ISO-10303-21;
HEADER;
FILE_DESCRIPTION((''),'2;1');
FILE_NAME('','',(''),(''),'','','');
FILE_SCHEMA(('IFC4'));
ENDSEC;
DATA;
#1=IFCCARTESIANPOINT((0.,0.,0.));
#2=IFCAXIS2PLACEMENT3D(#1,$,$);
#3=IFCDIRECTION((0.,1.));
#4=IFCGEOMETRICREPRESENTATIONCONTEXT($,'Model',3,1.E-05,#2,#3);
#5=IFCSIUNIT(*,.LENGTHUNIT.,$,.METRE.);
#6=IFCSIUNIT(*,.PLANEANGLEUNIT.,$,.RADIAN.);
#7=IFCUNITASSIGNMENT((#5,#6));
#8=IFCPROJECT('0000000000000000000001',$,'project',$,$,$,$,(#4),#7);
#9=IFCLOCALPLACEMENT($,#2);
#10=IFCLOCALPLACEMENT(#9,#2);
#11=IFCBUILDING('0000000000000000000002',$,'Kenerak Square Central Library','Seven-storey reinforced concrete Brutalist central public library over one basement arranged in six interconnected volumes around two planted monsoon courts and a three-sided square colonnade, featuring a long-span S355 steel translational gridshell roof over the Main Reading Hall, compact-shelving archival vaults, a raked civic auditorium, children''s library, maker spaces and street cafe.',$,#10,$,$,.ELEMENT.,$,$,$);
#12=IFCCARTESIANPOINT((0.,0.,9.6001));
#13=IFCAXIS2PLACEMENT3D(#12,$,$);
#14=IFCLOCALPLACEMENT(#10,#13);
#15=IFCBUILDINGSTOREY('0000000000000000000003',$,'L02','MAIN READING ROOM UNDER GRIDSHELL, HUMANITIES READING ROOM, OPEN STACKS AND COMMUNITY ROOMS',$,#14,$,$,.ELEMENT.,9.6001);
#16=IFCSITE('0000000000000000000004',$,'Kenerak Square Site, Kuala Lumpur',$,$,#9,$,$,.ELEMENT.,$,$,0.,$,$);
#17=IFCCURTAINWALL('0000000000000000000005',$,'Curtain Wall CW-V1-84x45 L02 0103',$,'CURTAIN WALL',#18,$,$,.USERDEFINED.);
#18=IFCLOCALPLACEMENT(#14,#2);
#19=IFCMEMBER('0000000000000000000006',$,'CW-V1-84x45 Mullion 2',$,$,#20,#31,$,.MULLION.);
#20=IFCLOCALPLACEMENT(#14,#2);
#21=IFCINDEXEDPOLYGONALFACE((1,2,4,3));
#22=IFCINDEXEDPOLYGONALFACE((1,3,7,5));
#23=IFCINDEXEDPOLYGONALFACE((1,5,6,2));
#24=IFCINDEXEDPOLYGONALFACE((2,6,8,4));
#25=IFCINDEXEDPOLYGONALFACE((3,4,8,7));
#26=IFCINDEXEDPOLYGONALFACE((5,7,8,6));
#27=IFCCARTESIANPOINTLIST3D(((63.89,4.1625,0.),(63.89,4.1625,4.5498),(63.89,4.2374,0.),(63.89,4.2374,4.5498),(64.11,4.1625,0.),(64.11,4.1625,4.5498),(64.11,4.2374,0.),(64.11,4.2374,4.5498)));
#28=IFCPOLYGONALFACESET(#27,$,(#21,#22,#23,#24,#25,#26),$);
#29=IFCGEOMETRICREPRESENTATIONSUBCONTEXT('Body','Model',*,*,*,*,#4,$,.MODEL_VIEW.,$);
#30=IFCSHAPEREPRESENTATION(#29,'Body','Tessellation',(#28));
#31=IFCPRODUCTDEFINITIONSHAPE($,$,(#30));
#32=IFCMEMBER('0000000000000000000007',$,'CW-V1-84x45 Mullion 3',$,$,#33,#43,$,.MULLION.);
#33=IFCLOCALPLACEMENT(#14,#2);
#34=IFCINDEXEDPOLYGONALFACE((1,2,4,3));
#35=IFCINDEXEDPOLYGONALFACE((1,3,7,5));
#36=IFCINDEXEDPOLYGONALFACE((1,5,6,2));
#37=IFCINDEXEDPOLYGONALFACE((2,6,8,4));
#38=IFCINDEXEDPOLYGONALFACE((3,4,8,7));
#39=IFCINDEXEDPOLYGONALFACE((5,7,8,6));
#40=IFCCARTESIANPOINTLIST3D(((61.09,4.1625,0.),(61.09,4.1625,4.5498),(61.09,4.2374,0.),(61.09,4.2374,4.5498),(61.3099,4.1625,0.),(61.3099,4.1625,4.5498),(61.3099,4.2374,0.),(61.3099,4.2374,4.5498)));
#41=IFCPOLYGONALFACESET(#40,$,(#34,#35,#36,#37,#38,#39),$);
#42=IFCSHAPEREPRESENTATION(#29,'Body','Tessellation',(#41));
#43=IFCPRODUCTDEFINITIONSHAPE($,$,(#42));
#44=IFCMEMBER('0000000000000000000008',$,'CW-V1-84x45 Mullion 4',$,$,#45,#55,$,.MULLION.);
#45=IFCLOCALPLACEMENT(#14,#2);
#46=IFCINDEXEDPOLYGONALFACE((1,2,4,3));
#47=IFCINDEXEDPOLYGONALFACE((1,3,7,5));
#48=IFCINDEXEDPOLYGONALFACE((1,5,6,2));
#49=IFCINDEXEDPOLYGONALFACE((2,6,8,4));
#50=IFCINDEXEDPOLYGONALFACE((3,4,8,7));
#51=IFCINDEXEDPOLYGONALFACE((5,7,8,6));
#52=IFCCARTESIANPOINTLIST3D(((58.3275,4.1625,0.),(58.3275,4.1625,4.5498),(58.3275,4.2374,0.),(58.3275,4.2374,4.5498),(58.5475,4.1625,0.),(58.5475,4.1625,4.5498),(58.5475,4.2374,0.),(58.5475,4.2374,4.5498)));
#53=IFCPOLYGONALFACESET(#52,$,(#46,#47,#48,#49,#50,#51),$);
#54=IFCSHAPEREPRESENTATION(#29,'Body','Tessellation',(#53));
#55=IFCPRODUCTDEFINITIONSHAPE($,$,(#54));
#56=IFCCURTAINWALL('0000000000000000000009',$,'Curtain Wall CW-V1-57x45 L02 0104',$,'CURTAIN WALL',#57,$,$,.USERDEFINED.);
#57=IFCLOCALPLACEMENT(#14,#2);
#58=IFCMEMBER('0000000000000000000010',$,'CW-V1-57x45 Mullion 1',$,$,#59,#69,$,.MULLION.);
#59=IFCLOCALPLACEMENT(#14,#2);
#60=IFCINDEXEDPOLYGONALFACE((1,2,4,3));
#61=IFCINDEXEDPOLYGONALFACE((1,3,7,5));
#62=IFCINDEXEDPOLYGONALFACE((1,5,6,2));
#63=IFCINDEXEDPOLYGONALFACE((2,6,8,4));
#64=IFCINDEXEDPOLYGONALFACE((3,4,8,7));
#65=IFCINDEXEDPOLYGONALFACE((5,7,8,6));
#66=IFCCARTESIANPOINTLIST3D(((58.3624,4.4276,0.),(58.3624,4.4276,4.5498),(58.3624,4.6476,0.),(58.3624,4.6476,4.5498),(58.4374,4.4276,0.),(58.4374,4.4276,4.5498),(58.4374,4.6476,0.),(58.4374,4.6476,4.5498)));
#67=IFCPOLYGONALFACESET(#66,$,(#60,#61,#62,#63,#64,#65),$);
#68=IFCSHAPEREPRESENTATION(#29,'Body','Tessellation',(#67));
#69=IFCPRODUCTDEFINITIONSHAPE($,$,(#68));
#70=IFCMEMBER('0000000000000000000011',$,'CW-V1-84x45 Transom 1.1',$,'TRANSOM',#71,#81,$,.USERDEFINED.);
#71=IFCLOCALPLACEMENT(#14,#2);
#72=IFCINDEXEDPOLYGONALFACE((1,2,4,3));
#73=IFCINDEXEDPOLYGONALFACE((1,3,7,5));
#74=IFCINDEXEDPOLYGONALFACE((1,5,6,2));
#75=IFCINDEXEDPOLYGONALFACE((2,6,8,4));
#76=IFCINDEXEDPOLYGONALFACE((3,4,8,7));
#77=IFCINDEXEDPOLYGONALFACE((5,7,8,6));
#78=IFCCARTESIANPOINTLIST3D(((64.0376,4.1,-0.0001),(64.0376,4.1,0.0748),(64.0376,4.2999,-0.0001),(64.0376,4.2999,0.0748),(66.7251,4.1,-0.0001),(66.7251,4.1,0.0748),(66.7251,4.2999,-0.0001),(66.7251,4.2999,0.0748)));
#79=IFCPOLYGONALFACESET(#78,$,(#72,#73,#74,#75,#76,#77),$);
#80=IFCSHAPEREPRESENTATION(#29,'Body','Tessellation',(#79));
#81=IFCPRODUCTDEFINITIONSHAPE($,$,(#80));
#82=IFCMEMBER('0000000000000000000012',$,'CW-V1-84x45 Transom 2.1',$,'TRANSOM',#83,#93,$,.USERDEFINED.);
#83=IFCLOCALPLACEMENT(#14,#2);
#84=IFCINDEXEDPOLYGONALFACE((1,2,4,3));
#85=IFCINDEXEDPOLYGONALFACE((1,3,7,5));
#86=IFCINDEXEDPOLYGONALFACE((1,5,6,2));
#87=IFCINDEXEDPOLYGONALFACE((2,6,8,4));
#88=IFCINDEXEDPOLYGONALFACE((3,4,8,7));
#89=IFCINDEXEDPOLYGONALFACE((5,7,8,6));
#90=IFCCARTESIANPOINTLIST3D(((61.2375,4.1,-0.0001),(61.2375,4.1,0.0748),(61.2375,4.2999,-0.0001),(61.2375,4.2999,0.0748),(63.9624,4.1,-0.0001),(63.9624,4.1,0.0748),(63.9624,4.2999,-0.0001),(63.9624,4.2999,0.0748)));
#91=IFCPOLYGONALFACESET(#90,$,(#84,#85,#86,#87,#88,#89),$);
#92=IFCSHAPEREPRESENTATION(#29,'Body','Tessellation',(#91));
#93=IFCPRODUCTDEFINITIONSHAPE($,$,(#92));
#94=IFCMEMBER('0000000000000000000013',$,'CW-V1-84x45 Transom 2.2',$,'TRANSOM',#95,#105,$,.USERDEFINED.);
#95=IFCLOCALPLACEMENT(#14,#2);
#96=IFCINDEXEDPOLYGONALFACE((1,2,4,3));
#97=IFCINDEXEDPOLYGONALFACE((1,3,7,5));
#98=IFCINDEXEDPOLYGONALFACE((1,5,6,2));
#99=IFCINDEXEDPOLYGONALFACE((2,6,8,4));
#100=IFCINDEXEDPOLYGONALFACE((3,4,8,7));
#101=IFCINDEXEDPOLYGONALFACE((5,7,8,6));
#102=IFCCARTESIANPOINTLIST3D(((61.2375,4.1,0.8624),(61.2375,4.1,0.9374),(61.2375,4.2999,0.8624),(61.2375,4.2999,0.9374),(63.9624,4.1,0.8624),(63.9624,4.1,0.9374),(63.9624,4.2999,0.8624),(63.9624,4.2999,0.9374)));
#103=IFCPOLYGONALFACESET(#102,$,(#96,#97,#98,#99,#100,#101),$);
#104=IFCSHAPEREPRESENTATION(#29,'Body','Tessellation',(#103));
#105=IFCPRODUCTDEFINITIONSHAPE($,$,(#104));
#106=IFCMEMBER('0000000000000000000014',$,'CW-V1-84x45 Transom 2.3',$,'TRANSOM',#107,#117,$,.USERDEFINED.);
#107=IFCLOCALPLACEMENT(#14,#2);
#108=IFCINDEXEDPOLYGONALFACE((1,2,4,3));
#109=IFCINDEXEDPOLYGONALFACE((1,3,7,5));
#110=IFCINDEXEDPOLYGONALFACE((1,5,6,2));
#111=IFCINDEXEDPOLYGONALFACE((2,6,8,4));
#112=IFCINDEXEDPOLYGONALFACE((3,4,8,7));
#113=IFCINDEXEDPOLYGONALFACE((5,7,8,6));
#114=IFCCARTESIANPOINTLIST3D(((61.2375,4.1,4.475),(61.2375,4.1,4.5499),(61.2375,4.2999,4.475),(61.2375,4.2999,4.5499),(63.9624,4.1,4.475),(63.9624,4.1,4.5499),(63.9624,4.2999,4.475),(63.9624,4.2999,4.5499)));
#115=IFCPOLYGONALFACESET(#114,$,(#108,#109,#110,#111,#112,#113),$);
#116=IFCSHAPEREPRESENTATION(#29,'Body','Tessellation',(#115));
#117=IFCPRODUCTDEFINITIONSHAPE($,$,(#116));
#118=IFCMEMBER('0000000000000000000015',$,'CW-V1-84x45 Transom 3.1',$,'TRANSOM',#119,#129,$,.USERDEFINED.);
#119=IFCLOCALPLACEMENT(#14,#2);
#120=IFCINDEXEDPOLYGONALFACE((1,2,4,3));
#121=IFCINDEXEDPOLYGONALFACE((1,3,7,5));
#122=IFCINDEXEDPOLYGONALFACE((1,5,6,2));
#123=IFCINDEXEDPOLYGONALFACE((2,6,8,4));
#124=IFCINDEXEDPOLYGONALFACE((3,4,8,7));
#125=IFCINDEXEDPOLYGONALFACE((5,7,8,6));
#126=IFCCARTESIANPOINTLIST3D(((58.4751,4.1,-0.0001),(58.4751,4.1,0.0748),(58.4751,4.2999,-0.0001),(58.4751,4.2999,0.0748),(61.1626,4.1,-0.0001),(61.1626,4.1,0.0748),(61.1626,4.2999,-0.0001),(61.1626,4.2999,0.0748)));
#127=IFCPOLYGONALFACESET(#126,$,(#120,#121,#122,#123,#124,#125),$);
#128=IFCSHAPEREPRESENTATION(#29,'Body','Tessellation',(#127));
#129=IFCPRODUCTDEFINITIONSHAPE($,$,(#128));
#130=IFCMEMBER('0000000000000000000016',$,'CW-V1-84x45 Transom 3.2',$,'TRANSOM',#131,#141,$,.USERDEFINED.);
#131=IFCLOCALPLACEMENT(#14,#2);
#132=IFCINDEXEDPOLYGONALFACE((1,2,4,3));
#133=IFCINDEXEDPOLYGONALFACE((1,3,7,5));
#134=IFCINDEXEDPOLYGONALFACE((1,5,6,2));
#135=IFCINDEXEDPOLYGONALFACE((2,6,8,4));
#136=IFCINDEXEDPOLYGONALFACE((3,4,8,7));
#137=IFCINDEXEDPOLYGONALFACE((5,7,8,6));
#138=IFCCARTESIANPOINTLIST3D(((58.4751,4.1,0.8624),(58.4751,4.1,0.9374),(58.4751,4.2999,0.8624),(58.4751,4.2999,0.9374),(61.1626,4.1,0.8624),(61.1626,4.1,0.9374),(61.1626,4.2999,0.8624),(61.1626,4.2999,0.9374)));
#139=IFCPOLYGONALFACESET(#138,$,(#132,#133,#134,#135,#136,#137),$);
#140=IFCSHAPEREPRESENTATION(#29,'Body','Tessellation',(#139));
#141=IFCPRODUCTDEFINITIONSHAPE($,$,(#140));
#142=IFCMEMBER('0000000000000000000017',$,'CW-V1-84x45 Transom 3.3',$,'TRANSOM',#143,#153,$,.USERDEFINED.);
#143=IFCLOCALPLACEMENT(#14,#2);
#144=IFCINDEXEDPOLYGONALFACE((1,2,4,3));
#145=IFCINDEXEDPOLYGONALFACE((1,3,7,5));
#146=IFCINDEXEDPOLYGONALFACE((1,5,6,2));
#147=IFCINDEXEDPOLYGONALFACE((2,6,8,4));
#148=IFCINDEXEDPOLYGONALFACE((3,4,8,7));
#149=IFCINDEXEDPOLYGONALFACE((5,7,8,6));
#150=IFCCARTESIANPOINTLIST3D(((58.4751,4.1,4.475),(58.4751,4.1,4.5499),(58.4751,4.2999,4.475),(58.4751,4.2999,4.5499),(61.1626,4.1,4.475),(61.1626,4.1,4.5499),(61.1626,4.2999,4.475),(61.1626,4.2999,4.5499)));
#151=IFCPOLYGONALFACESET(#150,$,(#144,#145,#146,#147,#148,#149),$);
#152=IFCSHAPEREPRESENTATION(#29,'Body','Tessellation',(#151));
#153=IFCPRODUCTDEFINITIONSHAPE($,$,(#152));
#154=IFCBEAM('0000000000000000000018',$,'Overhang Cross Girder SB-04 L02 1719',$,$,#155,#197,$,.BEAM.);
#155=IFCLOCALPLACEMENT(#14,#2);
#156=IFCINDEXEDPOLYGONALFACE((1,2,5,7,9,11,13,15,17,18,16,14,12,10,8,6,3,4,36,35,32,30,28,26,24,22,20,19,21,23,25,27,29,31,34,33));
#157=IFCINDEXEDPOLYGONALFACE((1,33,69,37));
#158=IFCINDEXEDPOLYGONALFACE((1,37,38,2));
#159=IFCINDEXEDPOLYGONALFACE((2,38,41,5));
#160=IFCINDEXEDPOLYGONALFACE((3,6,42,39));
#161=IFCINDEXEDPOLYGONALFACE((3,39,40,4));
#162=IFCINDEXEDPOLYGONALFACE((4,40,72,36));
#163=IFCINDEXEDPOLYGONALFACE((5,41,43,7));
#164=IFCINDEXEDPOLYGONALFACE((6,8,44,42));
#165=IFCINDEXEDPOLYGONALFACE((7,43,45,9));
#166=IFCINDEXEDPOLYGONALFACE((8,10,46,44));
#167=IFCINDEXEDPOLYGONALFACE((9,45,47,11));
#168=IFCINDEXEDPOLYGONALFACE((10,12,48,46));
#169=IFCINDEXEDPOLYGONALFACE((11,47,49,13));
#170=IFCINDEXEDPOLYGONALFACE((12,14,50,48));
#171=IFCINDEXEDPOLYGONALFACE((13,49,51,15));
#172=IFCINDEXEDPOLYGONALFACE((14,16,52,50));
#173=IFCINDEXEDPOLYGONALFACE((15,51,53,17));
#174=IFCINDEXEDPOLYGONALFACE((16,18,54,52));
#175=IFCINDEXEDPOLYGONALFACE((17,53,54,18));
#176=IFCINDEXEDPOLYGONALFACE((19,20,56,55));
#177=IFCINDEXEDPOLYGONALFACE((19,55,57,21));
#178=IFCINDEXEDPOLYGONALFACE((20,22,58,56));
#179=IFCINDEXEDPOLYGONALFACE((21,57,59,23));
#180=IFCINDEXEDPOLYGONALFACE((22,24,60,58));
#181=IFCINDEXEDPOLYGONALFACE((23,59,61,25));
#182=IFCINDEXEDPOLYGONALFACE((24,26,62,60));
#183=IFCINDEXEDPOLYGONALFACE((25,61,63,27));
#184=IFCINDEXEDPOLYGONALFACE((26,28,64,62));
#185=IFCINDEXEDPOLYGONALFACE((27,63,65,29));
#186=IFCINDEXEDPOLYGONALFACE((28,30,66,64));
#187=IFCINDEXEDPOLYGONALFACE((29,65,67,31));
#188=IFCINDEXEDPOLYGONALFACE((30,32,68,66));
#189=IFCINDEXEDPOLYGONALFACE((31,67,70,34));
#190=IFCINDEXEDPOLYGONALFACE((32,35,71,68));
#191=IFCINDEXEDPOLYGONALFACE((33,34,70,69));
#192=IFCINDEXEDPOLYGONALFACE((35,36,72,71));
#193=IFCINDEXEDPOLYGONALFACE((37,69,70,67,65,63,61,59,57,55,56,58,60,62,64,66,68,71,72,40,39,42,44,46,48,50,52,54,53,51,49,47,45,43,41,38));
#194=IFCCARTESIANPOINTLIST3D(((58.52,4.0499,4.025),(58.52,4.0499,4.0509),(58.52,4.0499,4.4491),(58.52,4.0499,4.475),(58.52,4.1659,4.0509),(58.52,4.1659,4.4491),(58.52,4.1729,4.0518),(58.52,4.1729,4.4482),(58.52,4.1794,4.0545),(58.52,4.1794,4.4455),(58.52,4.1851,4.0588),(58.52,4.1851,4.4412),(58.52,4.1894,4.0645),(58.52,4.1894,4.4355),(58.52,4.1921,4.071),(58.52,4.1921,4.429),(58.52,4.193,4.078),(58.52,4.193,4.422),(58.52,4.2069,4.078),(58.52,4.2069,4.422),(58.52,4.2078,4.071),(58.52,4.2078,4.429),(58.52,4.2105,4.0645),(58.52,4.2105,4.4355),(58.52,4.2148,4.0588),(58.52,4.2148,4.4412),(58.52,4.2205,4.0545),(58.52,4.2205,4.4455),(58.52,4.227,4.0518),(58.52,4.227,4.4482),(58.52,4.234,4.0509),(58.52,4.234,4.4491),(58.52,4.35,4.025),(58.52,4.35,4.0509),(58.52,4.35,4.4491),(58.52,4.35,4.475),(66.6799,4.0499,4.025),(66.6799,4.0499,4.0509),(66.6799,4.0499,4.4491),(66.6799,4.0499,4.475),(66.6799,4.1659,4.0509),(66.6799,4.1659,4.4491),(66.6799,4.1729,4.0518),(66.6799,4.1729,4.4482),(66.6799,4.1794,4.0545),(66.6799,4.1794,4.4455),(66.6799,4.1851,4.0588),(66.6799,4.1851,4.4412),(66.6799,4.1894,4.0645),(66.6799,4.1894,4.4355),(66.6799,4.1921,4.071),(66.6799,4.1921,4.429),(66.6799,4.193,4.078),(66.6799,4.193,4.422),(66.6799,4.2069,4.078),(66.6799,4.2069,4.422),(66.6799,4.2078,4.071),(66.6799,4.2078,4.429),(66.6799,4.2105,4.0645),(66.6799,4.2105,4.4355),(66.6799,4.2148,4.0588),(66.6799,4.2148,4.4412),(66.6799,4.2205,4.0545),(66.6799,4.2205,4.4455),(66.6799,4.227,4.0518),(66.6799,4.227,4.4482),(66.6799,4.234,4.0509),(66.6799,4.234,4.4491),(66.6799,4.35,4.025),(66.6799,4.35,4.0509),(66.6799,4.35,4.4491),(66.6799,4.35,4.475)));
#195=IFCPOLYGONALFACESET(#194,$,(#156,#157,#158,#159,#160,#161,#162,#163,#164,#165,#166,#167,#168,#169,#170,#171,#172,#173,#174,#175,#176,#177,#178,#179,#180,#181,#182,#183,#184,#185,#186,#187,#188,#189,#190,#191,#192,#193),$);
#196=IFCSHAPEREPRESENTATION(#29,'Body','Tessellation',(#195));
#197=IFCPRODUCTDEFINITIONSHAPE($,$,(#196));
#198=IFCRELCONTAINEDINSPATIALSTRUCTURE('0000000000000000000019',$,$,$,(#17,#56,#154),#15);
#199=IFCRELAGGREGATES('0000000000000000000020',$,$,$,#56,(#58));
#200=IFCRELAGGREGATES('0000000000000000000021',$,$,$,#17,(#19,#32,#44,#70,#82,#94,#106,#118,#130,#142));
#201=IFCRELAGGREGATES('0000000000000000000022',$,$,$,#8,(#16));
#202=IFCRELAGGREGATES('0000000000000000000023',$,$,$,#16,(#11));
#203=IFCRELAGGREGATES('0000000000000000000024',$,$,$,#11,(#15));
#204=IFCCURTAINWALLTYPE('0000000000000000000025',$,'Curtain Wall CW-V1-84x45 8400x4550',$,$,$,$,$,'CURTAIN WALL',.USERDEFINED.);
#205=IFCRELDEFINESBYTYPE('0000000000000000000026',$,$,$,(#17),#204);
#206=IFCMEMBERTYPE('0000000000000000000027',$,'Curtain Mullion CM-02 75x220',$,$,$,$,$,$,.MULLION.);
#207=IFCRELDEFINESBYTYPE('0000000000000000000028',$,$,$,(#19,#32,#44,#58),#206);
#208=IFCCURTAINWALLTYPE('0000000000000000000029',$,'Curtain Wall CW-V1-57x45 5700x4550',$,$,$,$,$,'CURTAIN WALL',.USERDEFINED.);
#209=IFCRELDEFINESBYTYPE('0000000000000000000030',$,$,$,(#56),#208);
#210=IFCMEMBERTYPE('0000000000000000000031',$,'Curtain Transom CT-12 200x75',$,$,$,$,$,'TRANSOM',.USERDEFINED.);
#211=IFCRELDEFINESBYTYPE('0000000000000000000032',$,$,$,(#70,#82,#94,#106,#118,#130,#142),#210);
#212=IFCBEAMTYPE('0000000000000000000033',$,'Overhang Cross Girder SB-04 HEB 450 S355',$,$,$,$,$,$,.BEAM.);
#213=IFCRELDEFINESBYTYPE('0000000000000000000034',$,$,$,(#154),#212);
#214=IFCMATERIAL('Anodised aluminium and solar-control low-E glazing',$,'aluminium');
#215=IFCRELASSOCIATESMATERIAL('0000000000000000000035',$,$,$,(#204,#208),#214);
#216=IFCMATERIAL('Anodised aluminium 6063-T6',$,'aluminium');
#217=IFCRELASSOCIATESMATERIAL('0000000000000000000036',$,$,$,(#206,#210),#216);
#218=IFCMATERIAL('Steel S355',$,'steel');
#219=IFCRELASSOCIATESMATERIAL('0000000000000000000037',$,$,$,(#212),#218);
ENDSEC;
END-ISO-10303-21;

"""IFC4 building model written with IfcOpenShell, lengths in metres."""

from ifc_helpers import new_model, si_unit, direction, frame, origin, origin_2d, place, context, subcontext, project, spatial, rectangle, i_section, extrude, material, material_profile, profile_set, type_object, element, aggregate, save


model = new_model("IFC4")

# Units and contexts
model_context = context("Model", 3, precision=1e-05, world=origin(), true_north=direction((0.0, 1.0)))
body_context = subcontext(model_context, "Body", "Model", "MODEL_VIEW")
ifc_project = project(units=[si_unit("LENGTHUNIT", "METRE"), si_unit("PLANEANGLEUNIT", "RADIAN")], contexts=[model_context])

# Site, building, storey
site_placement = place(None, origin())
site = spatial("IfcSite", under=ifc_project, at=site_placement, Name="Kenerak Square Site, Kuala Lumpur", CompositionType="ELEMENT", RefElevation=0.0)
building_placement = place(site_placement, origin())
building = spatial("IfcBuilding", under=site, at=building_placement, Name="Kenerak Square Central Library", Description="Seven-storey reinforced concrete Brutalist central public library over one basement arranged in six interconnected volumes around two planted monsoon courts and a three-sided square colonnade, featuring a long-span S355 steel translational gridshell roof over the Main Reading Hall, compact-shelving archival vaults, a raked civic auditorium, children's library, maker spaces and street cafe.", CompositionType="ELEMENT")
storey_placement = place(building_placement, frame((0.0, 0.0, 9.6001)))
storey = spatial("IfcBuildingStorey", under=building, at=storey_placement, Name="L02", Description="MAIN READING ROOM UNDER GRIDSHELL, HUMANITIES READING ROOM, OPEN STACKS AND COMMUNITY ROOMS", CompositionType="ELEMENT", Elevation=9.6001)

# Curtain wall, members
ifc_material_1 = material(Name="Anodised aluminium and solar-control low-E glazing", Category="aluminium")
curtain_wall_type_1 = type_object("IfcCurtainWallType", Name="Curtain Wall CW-V1-84x45 8400x4550", ElementType="CURTAIN WALL", PredefinedType="USERDEFINED", material=ifc_material_1)
curtain_wall_1_placement = place(storey_placement, origin())
curtain_wall_1 = element("IfcCurtainWall", 1, at=curtain_wall_1_placement, inside=storey, type_object=curtain_wall_type_1, Name="Curtain Wall CW-V1-84x45 L02 0103", ObjectType="CURTAIN WALL", PredefinedType="USERDEFINED")
ifc_material_2 = material(Name="Anodised aluminium 6063-T6", Category="aluminium")
ifc_material_profile_1 = material_profile(ifc_material_2, rectangle(XDim=0.075, YDim=0.22, at=origin_2d()), Name="AL MULLION 75x220")
ifc_profile_set_1 = profile_set([ifc_material_profile_1], Name="Anodised aluminium 6063-T6")
member_type_1 = type_object("IfcMemberType", Name="Curtain Mullion CM-02 75x220", PredefinedType="MULLION", material=ifc_profile_set_1)
member_1_placement = place(storey_placement, frame((64.0, 4.2, 0.0), z_axis=(0.0, 0.0, 1.0), x_axis=(0.0, -1.0, 0.0)))
member_1 = element("IfcMember", 2, at=member_1_placement, type_object=member_type_1, Name="CW-V1-84x45 Mullion 2", PredefinedType="MULLION", context=body_context, shape_type="SweptSolid", body=[
    extrude(rectangle(XDim=0.075, YDim=0.22, at=origin_2d()), origin(), (0.0, 0.0, 1.0), 4.5498),
])
member_2_placement = place(storey_placement, frame((61.2, 4.2, 0.0), z_axis=(0.0, 0.0, 1.0), x_axis=(0.0, -1.0, 0.0)))
member_2 = element("IfcMember", 3, at=member_2_placement, type_object=member_type_1, Name="CW-V1-84x45 Mullion 3", PredefinedType="MULLION", context=body_context, shape_type="SweptSolid", body=[
    extrude(rectangle(XDim=0.075, YDim=0.22, at=origin_2d()), origin(), (0.0, 0.0, 1.0), 4.5498),
])
member_3_placement = place(storey_placement, frame((58.4375, 4.2, 0.0), z_axis=(0.0, 0.0, 1.0), x_axis=(0.0, -1.0, 0.0)))
member_3 = element("IfcMember", 4, at=member_3_placement, type_object=member_type_1, Name="CW-V1-84x45 Mullion 4", PredefinedType="MULLION", context=body_context, shape_type="SweptSolid", body=[
    extrude(rectangle(XDim=0.075, YDim=0.22, at=origin_2d()), origin(), (0.0, 0.0, 1.0), 4.5498),
])

# Curtain wall, member
curtain_wall_type_2 = type_object("IfcCurtainWallType", Name="Curtain Wall CW-V1-57x45 5700x4550", ElementType="CURTAIN WALL", PredefinedType="USERDEFINED", material=ifc_material_1)
curtain_wall_2_placement = place(storey_placement, origin())
curtain_wall_2 = element("IfcCurtainWall", 5, at=curtain_wall_2_placement, inside=storey, type_object=curtain_wall_type_2, Name="Curtain Wall CW-V1-57x45 L02 0104", ObjectType="CURTAIN WALL", PredefinedType="USERDEFINED")
member_4_placement = place(storey_placement, frame((58.3999, 4.5376, 0.0), z_axis=(0.0, 0.0, 1.0), x_axis=(-1.0, 0.0, 0.0)))
member_4 = element("IfcMember", 6, at=member_4_placement, type_object=member_type_1, Name="CW-V1-57x45 Mullion 1", PredefinedType="MULLION", context=body_context, shape_type="SweptSolid", body=[
    extrude(rectangle(XDim=0.075, YDim=0.22, at=origin_2d()), origin(), (0.0, 0.0, 1.0), 4.5498),
])
aggregate(curtain_wall_2, [member_4])

# Members
ifc_material_profile_2 = material_profile(ifc_material_2, rectangle(XDim=0.2, YDim=0.075, at=origin_2d()), Name="AL TRANSOM 200x75")
ifc_profile_set_2 = profile_set([ifc_material_profile_2], Name="Anodised aluminium 6063-T6")
member_type_2 = type_object("IfcMemberType", Name="Curtain Transom CT-12 200x75", ElementType="TRANSOM", PredefinedType="USERDEFINED", material=ifc_profile_set_2)
member_5_placement = place(storey_placement, frame((66.7251, 4.2, 0.0374), z_axis=(-1.0, 0.0, 0.0), x_axis=(0.0, -1.0, 0.0)))
member_5 = element("IfcMember", 7, at=member_5_placement, type_object=member_type_2, Name="CW-V1-84x45 Transom 1.1", ObjectType="TRANSOM", PredefinedType="USERDEFINED", context=body_context, shape_type="SweptSolid", body=[
    extrude(rectangle(XDim=0.2, YDim=0.075, at=origin_2d()), origin(), (0.0, 0.0, 1.0), 2.6875),
])
member_6_placement = place(storey_placement, frame((63.9624, 4.2, 0.0374), z_axis=(-1.0, 0.0, 0.0), x_axis=(0.0, -1.0, 0.0)))
member_6 = element("IfcMember", 8, at=member_6_placement, type_object=member_type_2, Name="CW-V1-84x45 Transom 2.1", ObjectType="TRANSOM", PredefinedType="USERDEFINED", context=body_context, shape_type="SweptSolid", body=[
    extrude(rectangle(XDim=0.2, YDim=0.075, at=origin_2d()), origin(), (0.0, 0.0, 1.0), 2.7249),
])
member_7_placement = place(storey_placement, frame((63.9624, 4.2, 0.8999), z_axis=(-1.0, 0.0, 0.0), x_axis=(0.0, -1.0, 0.0)))
member_7 = element("IfcMember", 9, at=member_7_placement, type_object=member_type_2, Name="CW-V1-84x45 Transom 2.2", ObjectType="TRANSOM", PredefinedType="USERDEFINED", context=body_context, shape_type="SweptSolid", body=[
    extrude(rectangle(XDim=0.2, YDim=0.075, at=origin_2d()), origin(), (0.0, 0.0, 1.0), 2.7249),
])
member_8_placement = place(storey_placement, frame((63.9624, 4.2, 4.5125), z_axis=(-1.0, 0.0, 0.0), x_axis=(0.0, -1.0, 0.0)))
member_8 = element("IfcMember", 10, at=member_8_placement, type_object=member_type_2, Name="CW-V1-84x45 Transom 2.3", ObjectType="TRANSOM", PredefinedType="USERDEFINED", context=body_context, shape_type="SweptSolid", body=[
    extrude(rectangle(XDim=0.2, YDim=0.075, at=origin_2d()), origin(), (0.0, 0.0, 1.0), 2.7249),
])
member_9_placement = place(storey_placement, frame((61.1626, 4.2, 0.0374), z_axis=(-1.0, 0.0, 0.0), x_axis=(0.0, -1.0, 0.0)))
member_9 = element("IfcMember", 11, at=member_9_placement, type_object=member_type_2, Name="CW-V1-84x45 Transom 3.1", ObjectType="TRANSOM", PredefinedType="USERDEFINED", context=body_context, shape_type="SweptSolid", body=[
    extrude(rectangle(XDim=0.2, YDim=0.075, at=origin_2d()), origin(), (0.0, 0.0, 1.0), 2.6875),
])
member_10_placement = place(storey_placement, frame((61.1626, 4.2, 0.8999), z_axis=(-1.0, 0.0, 0.0), x_axis=(0.0, -1.0, 0.0)))
member_10 = element("IfcMember", 12, at=member_10_placement, type_object=member_type_2, Name="CW-V1-84x45 Transom 3.2", ObjectType="TRANSOM", PredefinedType="USERDEFINED", context=body_context, shape_type="SweptSolid", body=[
    extrude(rectangle(XDim=0.2, YDim=0.075, at=origin_2d()), origin(), (0.0, 0.0, 1.0), 2.6875),
])
member_11_placement = place(storey_placement, frame((61.1626, 4.2, 4.5125), z_axis=(-1.0, 0.0, 0.0), x_axis=(0.0, -1.0, 0.0)))
member_11 = element("IfcMember", 13, at=member_11_placement, type_object=member_type_2, Name="CW-V1-84x45 Transom 3.3", ObjectType="TRANSOM", PredefinedType="USERDEFINED", context=body_context, shape_type="SweptSolid", body=[
    extrude(rectangle(XDim=0.2, YDim=0.075, at=origin_2d()), origin(), (0.0, 0.0, 1.0), 2.6875),
])

# Beam
ifc_material_3 = material(Name="Steel S355", Category="steel")
ifc_material_profile_3 = material_profile(ifc_material_3, i_section(OverallWidth=0.3, OverallDepth=0.45, WebThickness=0.0139, FlangeThickness=0.0259, FilletRadius=0.0271, at=origin_2d()), Name="HEB 450")
ifc_profile_set_3 = profile_set([ifc_material_profile_3], Name="Steel S355")
beam_type_1 = type_object("IfcBeamType", Name="Overhang Cross Girder SB-04 HEB 450 S355", PredefinedType="BEAM", material=ifc_profile_set_3)
beam_1_placement = place(storey_placement, frame((58.52, 4.2, 4.25), z_axis=(1.0, 0.0, 0.0), x_axis=(0.0, 1.0, 0.0)))
element("IfcBeam", 14, at=beam_1_placement, inside=storey, type_object=beam_type_1, Name="Overhang Cross Girder SB-04 L02 1719", PredefinedType="BEAM", context=body_context, shape_type="SweptSolid", body=[
    extrude(i_section(OverallWidth=0.3, OverallDepth=0.45, WebThickness=0.0139, FlangeThickness=0.0259, FilletRadius=0.0271, at=origin_2d()), origin(), (0.0, 0.0, 1.0), 8.1599),
])

aggregate(curtain_wall_1, [member_1, member_2, member_3, member_5, member_6, member_7, member_8, member_9, member_10, member_11])

save(model, "model.ifc")
